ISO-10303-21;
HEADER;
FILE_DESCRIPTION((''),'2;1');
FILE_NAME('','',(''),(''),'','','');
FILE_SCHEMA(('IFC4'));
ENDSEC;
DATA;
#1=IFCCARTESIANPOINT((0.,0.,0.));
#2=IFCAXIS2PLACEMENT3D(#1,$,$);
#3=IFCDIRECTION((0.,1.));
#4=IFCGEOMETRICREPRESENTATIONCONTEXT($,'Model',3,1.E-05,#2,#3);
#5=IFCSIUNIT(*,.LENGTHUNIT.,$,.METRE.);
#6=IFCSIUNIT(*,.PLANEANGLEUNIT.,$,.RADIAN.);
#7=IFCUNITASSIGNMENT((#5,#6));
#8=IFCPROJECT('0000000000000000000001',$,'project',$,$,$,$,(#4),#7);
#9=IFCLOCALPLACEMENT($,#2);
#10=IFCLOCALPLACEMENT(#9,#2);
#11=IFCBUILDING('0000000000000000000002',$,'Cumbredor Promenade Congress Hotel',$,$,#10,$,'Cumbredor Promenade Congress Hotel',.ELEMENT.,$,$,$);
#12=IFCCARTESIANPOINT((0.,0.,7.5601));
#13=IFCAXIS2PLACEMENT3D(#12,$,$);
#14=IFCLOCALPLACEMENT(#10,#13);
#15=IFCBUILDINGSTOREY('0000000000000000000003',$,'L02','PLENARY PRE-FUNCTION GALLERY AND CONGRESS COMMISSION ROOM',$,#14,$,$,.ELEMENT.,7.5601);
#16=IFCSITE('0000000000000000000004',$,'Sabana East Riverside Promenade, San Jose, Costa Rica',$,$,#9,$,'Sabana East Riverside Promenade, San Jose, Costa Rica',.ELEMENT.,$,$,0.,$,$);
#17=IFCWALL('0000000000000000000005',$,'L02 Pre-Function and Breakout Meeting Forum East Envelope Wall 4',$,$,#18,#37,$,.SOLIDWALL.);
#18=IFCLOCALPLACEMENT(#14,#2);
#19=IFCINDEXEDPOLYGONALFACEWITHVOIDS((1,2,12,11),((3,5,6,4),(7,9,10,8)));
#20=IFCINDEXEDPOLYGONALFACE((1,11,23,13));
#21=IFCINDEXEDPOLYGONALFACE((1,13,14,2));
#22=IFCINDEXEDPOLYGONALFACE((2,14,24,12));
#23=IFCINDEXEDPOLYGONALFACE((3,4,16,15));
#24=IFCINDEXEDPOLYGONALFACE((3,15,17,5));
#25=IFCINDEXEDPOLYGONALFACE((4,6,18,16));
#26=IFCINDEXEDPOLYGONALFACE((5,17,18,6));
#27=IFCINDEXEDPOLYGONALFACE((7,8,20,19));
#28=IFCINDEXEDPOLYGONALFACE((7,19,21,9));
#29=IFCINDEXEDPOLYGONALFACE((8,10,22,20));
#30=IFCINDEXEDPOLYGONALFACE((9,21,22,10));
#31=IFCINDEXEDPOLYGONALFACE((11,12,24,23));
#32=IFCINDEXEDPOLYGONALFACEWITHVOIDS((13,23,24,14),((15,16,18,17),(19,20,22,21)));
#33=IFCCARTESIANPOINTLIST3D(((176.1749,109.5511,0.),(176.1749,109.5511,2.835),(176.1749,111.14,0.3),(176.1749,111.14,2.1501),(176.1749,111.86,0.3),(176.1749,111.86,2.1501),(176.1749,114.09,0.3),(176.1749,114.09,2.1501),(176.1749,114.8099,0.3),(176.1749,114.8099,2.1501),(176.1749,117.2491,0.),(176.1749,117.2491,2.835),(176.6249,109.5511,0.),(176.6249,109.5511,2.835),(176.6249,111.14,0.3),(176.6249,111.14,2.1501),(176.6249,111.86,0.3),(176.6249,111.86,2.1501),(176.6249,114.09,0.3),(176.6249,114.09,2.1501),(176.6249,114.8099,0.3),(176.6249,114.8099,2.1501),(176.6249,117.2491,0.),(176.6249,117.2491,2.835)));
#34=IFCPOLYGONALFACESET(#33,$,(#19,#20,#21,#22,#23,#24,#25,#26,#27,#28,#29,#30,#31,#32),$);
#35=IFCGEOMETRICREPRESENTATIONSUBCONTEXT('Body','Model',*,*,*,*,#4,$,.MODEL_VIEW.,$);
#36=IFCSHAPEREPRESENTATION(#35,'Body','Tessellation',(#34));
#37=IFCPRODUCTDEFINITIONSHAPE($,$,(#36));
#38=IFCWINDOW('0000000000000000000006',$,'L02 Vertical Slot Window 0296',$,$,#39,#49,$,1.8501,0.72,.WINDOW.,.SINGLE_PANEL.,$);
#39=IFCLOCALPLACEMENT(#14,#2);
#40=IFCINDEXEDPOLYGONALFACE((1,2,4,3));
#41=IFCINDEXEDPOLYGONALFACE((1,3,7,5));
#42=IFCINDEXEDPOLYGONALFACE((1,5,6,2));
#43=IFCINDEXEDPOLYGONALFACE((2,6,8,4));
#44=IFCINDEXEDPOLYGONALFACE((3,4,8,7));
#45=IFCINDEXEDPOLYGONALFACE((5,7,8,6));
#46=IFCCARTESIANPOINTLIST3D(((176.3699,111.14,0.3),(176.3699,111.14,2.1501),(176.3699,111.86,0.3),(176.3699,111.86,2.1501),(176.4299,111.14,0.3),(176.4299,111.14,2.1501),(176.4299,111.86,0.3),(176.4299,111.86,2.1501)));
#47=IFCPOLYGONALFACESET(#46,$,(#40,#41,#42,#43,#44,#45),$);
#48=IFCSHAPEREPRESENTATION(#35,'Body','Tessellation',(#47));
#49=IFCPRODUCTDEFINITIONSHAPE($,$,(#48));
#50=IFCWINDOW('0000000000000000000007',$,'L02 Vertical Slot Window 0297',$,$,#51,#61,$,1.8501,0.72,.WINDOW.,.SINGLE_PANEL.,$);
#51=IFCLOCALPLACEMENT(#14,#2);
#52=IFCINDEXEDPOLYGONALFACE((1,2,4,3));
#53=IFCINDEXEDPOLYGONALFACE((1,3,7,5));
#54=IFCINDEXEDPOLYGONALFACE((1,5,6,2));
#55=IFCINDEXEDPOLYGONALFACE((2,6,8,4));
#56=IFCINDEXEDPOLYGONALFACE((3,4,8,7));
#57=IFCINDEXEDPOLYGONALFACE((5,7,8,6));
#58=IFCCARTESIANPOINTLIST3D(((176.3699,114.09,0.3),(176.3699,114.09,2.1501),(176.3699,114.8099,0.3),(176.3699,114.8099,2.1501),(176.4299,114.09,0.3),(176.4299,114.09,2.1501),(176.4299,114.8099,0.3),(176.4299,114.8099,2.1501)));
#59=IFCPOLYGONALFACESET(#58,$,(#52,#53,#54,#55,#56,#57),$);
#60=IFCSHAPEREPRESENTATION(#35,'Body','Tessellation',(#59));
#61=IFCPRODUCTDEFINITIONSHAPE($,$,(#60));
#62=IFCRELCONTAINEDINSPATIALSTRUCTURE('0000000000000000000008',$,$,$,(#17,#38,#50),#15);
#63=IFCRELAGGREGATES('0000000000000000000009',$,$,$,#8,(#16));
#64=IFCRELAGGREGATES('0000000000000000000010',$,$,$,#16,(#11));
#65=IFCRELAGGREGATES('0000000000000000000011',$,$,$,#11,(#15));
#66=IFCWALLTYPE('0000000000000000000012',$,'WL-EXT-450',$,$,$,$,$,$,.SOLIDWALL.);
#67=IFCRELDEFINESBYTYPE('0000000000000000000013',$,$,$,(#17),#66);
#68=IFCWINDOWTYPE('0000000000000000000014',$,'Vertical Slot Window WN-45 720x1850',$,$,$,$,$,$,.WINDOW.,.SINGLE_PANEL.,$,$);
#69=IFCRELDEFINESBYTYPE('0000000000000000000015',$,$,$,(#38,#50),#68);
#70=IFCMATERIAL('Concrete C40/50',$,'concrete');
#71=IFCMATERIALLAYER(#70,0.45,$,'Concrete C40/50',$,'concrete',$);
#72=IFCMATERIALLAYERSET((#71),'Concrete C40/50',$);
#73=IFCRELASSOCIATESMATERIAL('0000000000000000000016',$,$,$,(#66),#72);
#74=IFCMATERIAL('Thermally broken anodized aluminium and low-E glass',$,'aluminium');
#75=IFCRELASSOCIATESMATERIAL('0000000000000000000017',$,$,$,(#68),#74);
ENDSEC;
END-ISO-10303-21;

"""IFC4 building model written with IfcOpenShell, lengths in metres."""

from ifc_helpers import new_model, si_unit, direction, frame, frame_2d, origin, place, context, subcontext, project, spatial, rectangle, extrude, material, layer, layer_set, type_object, element, fill, save


model = new_model("IFC4")

# Units and contexts
model_context = context("Model", 3, precision=1e-05, world=origin(), true_north=direction((0.0, 1.0)))
body_context = subcontext(model_context, "Body", "Model", "MODEL_VIEW")
ifc_project = project(units=[si_unit("LENGTHUNIT", "METRE"), si_unit("PLANEANGLEUNIT", "RADIAN")], contexts=[model_context])

# Site, building, storey
site_placement = place(None, origin())
site = spatial("IfcSite", under=ifc_project, at=site_placement, Name="Sabana East Riverside Promenade, San Jose, Costa Rica", LongName="Sabana East Riverside Promenade, San Jose, Costa Rica", CompositionType="ELEMENT", RefElevation=0.0)
building_placement = place(site_placement, origin())
building = spatial("IfcBuilding", under=site, at=building_placement, Name="Cumbredor Promenade Congress Hotel", LongName="Cumbredor Promenade Congress Hotel", CompositionType="ELEMENT")
storey_placement = place(building_placement, frame((0.0, 0.0, 7.5601)))
storey = spatial("IfcBuildingStorey", under=building, at=storey_placement, Name="L02", Description="PLENARY PRE-FUNCTION GALLERY AND CONGRESS COMMISSION ROOM", CompositionType="ELEMENT", Elevation=7.5601)

# Shared definitions
ifc_material_1 = material(Name="Concrete C40/50", Category="concrete")

# Shared definitions
ifc_material_2 = material(Name="Thermally broken anodized aluminium and low-E glass", Category="aluminium")

# Wall, openings, windows
ifc_layer_1 = layer(ifc_material_1, 0.45, Name="Concrete C40/50", Category="concrete")
ifc_layer_set_1 = layer_set([ifc_layer_1], Name="Concrete C40/50")
wall_type_1 = type_object("IfcWallType", Name="WL-EXT-450", PredefinedType="SOLIDWALL", material=ifc_layer_set_1)
wall_1_placement = place(storey_placement, frame((176.3999, 109.551, 0.0), z_axis=(0.0, 0.0, 1.0), x_axis=(0.0, 1.0, 0.0)))
wall_1 = element("IfcWall", 1, at=wall_1_placement, inside=storey, type_object=wall_type_1, Name="L02 Pre-Function and Breakout Meeting Forum East Envelope Wall 4", PredefinedType="SOLIDWALL", context=body_context, shape_type="SweptSolid", body=[
    extrude(rectangle(XDim=7.698, YDim=0.45, at=frame_2d((3.8491, 0.0))), origin(), (0.0, 0.0, 1.0), 2.835),
])
opening_1_placement = place(wall_1_placement, frame((1.5891, 0.0, 0.3)))
opening_1 = element("IfcOpeningElement", 2, at=opening_1_placement, cuts=wall_1, PredefinedType="OPENING", context=body_context, shape_type="SweptSolid", body=[
    extrude(rectangle(XDim=0.72, YDim=1.8501, at=frame_2d((0.3599, 0.925))), frame((0.0, 0.2349, 0.0), z_axis=(0.0, -1.0, 0.0), x_axis=(1.0, 0.0, 0.0)), (0.0, 0.0, 1.0), 0.47),
])
opening_2_placement = place(wall_1_placement, frame((4.5391, 0.0, 0.3)))
opening_2 = element("IfcOpeningElement", 3, at=opening_2_placement, cuts=wall_1, PredefinedType="OPENING", context=body_context, shape_type="SweptSolid", body=[
    extrude(rectangle(XDim=0.72, YDim=1.8501, at=frame_2d((0.3599, 0.925))), frame((0.0, 0.2349, 0.0), z_axis=(0.0, -1.0, 0.0), x_axis=(1.0, 0.0, 0.0)), (0.0, 0.0, 1.0), 0.47),
])
window_type_1 = type_object("IfcWindowType", Name="Vertical Slot Window WN-45 720x1850", PartitioningType="SINGLE_PANEL", PredefinedType="WINDOW", material=ifc_material_2)
window_1_placement = place(opening_1_placement, origin())
window_1 = element("IfcWindow", 4, at=window_1_placement, inside=storey, type_object=window_type_1, Name="L02 Vertical Slot Window 0296", OverallHeight=1.8501, OverallWidth=0.72, PartitioningType="SINGLE_PANEL", PredefinedType="WINDOW", context=body_context, shape_type="SweptSolid", body=[
    extrude(rectangle(XDim=0.72, YDim=1.8501, at=frame_2d((0.3599, 0.925))), frame((0.0, 0.03, 0.0), z_axis=(0.0, -1.0, 0.0), x_axis=(1.0, 0.0, 0.0)), (0.0, 0.0, 1.0), 0.0601),
])
fill(opening_1, window_1)
window_2_placement = place(opening_2_placement, origin())
window_2 = element("IfcWindow", 5, at=window_2_placement, inside=storey, type_object=window_type_1, Name="L02 Vertical Slot Window 0297", OverallHeight=1.8501, OverallWidth=0.72, PartitioningType="SINGLE_PANEL", PredefinedType="WINDOW", context=body_context, shape_type="SweptSolid", body=[
    extrude(rectangle(XDim=0.72, YDim=1.8501, at=frame_2d((0.3599, 0.925))), frame((0.0, 0.03, 0.0), z_axis=(0.0, -1.0, 0.0), x_axis=(1.0, 0.0, 0.0)), (0.0, 0.0, 1.0), 0.0601),
])
fill(opening_2, window_2)

save(model, "model.ifc")
